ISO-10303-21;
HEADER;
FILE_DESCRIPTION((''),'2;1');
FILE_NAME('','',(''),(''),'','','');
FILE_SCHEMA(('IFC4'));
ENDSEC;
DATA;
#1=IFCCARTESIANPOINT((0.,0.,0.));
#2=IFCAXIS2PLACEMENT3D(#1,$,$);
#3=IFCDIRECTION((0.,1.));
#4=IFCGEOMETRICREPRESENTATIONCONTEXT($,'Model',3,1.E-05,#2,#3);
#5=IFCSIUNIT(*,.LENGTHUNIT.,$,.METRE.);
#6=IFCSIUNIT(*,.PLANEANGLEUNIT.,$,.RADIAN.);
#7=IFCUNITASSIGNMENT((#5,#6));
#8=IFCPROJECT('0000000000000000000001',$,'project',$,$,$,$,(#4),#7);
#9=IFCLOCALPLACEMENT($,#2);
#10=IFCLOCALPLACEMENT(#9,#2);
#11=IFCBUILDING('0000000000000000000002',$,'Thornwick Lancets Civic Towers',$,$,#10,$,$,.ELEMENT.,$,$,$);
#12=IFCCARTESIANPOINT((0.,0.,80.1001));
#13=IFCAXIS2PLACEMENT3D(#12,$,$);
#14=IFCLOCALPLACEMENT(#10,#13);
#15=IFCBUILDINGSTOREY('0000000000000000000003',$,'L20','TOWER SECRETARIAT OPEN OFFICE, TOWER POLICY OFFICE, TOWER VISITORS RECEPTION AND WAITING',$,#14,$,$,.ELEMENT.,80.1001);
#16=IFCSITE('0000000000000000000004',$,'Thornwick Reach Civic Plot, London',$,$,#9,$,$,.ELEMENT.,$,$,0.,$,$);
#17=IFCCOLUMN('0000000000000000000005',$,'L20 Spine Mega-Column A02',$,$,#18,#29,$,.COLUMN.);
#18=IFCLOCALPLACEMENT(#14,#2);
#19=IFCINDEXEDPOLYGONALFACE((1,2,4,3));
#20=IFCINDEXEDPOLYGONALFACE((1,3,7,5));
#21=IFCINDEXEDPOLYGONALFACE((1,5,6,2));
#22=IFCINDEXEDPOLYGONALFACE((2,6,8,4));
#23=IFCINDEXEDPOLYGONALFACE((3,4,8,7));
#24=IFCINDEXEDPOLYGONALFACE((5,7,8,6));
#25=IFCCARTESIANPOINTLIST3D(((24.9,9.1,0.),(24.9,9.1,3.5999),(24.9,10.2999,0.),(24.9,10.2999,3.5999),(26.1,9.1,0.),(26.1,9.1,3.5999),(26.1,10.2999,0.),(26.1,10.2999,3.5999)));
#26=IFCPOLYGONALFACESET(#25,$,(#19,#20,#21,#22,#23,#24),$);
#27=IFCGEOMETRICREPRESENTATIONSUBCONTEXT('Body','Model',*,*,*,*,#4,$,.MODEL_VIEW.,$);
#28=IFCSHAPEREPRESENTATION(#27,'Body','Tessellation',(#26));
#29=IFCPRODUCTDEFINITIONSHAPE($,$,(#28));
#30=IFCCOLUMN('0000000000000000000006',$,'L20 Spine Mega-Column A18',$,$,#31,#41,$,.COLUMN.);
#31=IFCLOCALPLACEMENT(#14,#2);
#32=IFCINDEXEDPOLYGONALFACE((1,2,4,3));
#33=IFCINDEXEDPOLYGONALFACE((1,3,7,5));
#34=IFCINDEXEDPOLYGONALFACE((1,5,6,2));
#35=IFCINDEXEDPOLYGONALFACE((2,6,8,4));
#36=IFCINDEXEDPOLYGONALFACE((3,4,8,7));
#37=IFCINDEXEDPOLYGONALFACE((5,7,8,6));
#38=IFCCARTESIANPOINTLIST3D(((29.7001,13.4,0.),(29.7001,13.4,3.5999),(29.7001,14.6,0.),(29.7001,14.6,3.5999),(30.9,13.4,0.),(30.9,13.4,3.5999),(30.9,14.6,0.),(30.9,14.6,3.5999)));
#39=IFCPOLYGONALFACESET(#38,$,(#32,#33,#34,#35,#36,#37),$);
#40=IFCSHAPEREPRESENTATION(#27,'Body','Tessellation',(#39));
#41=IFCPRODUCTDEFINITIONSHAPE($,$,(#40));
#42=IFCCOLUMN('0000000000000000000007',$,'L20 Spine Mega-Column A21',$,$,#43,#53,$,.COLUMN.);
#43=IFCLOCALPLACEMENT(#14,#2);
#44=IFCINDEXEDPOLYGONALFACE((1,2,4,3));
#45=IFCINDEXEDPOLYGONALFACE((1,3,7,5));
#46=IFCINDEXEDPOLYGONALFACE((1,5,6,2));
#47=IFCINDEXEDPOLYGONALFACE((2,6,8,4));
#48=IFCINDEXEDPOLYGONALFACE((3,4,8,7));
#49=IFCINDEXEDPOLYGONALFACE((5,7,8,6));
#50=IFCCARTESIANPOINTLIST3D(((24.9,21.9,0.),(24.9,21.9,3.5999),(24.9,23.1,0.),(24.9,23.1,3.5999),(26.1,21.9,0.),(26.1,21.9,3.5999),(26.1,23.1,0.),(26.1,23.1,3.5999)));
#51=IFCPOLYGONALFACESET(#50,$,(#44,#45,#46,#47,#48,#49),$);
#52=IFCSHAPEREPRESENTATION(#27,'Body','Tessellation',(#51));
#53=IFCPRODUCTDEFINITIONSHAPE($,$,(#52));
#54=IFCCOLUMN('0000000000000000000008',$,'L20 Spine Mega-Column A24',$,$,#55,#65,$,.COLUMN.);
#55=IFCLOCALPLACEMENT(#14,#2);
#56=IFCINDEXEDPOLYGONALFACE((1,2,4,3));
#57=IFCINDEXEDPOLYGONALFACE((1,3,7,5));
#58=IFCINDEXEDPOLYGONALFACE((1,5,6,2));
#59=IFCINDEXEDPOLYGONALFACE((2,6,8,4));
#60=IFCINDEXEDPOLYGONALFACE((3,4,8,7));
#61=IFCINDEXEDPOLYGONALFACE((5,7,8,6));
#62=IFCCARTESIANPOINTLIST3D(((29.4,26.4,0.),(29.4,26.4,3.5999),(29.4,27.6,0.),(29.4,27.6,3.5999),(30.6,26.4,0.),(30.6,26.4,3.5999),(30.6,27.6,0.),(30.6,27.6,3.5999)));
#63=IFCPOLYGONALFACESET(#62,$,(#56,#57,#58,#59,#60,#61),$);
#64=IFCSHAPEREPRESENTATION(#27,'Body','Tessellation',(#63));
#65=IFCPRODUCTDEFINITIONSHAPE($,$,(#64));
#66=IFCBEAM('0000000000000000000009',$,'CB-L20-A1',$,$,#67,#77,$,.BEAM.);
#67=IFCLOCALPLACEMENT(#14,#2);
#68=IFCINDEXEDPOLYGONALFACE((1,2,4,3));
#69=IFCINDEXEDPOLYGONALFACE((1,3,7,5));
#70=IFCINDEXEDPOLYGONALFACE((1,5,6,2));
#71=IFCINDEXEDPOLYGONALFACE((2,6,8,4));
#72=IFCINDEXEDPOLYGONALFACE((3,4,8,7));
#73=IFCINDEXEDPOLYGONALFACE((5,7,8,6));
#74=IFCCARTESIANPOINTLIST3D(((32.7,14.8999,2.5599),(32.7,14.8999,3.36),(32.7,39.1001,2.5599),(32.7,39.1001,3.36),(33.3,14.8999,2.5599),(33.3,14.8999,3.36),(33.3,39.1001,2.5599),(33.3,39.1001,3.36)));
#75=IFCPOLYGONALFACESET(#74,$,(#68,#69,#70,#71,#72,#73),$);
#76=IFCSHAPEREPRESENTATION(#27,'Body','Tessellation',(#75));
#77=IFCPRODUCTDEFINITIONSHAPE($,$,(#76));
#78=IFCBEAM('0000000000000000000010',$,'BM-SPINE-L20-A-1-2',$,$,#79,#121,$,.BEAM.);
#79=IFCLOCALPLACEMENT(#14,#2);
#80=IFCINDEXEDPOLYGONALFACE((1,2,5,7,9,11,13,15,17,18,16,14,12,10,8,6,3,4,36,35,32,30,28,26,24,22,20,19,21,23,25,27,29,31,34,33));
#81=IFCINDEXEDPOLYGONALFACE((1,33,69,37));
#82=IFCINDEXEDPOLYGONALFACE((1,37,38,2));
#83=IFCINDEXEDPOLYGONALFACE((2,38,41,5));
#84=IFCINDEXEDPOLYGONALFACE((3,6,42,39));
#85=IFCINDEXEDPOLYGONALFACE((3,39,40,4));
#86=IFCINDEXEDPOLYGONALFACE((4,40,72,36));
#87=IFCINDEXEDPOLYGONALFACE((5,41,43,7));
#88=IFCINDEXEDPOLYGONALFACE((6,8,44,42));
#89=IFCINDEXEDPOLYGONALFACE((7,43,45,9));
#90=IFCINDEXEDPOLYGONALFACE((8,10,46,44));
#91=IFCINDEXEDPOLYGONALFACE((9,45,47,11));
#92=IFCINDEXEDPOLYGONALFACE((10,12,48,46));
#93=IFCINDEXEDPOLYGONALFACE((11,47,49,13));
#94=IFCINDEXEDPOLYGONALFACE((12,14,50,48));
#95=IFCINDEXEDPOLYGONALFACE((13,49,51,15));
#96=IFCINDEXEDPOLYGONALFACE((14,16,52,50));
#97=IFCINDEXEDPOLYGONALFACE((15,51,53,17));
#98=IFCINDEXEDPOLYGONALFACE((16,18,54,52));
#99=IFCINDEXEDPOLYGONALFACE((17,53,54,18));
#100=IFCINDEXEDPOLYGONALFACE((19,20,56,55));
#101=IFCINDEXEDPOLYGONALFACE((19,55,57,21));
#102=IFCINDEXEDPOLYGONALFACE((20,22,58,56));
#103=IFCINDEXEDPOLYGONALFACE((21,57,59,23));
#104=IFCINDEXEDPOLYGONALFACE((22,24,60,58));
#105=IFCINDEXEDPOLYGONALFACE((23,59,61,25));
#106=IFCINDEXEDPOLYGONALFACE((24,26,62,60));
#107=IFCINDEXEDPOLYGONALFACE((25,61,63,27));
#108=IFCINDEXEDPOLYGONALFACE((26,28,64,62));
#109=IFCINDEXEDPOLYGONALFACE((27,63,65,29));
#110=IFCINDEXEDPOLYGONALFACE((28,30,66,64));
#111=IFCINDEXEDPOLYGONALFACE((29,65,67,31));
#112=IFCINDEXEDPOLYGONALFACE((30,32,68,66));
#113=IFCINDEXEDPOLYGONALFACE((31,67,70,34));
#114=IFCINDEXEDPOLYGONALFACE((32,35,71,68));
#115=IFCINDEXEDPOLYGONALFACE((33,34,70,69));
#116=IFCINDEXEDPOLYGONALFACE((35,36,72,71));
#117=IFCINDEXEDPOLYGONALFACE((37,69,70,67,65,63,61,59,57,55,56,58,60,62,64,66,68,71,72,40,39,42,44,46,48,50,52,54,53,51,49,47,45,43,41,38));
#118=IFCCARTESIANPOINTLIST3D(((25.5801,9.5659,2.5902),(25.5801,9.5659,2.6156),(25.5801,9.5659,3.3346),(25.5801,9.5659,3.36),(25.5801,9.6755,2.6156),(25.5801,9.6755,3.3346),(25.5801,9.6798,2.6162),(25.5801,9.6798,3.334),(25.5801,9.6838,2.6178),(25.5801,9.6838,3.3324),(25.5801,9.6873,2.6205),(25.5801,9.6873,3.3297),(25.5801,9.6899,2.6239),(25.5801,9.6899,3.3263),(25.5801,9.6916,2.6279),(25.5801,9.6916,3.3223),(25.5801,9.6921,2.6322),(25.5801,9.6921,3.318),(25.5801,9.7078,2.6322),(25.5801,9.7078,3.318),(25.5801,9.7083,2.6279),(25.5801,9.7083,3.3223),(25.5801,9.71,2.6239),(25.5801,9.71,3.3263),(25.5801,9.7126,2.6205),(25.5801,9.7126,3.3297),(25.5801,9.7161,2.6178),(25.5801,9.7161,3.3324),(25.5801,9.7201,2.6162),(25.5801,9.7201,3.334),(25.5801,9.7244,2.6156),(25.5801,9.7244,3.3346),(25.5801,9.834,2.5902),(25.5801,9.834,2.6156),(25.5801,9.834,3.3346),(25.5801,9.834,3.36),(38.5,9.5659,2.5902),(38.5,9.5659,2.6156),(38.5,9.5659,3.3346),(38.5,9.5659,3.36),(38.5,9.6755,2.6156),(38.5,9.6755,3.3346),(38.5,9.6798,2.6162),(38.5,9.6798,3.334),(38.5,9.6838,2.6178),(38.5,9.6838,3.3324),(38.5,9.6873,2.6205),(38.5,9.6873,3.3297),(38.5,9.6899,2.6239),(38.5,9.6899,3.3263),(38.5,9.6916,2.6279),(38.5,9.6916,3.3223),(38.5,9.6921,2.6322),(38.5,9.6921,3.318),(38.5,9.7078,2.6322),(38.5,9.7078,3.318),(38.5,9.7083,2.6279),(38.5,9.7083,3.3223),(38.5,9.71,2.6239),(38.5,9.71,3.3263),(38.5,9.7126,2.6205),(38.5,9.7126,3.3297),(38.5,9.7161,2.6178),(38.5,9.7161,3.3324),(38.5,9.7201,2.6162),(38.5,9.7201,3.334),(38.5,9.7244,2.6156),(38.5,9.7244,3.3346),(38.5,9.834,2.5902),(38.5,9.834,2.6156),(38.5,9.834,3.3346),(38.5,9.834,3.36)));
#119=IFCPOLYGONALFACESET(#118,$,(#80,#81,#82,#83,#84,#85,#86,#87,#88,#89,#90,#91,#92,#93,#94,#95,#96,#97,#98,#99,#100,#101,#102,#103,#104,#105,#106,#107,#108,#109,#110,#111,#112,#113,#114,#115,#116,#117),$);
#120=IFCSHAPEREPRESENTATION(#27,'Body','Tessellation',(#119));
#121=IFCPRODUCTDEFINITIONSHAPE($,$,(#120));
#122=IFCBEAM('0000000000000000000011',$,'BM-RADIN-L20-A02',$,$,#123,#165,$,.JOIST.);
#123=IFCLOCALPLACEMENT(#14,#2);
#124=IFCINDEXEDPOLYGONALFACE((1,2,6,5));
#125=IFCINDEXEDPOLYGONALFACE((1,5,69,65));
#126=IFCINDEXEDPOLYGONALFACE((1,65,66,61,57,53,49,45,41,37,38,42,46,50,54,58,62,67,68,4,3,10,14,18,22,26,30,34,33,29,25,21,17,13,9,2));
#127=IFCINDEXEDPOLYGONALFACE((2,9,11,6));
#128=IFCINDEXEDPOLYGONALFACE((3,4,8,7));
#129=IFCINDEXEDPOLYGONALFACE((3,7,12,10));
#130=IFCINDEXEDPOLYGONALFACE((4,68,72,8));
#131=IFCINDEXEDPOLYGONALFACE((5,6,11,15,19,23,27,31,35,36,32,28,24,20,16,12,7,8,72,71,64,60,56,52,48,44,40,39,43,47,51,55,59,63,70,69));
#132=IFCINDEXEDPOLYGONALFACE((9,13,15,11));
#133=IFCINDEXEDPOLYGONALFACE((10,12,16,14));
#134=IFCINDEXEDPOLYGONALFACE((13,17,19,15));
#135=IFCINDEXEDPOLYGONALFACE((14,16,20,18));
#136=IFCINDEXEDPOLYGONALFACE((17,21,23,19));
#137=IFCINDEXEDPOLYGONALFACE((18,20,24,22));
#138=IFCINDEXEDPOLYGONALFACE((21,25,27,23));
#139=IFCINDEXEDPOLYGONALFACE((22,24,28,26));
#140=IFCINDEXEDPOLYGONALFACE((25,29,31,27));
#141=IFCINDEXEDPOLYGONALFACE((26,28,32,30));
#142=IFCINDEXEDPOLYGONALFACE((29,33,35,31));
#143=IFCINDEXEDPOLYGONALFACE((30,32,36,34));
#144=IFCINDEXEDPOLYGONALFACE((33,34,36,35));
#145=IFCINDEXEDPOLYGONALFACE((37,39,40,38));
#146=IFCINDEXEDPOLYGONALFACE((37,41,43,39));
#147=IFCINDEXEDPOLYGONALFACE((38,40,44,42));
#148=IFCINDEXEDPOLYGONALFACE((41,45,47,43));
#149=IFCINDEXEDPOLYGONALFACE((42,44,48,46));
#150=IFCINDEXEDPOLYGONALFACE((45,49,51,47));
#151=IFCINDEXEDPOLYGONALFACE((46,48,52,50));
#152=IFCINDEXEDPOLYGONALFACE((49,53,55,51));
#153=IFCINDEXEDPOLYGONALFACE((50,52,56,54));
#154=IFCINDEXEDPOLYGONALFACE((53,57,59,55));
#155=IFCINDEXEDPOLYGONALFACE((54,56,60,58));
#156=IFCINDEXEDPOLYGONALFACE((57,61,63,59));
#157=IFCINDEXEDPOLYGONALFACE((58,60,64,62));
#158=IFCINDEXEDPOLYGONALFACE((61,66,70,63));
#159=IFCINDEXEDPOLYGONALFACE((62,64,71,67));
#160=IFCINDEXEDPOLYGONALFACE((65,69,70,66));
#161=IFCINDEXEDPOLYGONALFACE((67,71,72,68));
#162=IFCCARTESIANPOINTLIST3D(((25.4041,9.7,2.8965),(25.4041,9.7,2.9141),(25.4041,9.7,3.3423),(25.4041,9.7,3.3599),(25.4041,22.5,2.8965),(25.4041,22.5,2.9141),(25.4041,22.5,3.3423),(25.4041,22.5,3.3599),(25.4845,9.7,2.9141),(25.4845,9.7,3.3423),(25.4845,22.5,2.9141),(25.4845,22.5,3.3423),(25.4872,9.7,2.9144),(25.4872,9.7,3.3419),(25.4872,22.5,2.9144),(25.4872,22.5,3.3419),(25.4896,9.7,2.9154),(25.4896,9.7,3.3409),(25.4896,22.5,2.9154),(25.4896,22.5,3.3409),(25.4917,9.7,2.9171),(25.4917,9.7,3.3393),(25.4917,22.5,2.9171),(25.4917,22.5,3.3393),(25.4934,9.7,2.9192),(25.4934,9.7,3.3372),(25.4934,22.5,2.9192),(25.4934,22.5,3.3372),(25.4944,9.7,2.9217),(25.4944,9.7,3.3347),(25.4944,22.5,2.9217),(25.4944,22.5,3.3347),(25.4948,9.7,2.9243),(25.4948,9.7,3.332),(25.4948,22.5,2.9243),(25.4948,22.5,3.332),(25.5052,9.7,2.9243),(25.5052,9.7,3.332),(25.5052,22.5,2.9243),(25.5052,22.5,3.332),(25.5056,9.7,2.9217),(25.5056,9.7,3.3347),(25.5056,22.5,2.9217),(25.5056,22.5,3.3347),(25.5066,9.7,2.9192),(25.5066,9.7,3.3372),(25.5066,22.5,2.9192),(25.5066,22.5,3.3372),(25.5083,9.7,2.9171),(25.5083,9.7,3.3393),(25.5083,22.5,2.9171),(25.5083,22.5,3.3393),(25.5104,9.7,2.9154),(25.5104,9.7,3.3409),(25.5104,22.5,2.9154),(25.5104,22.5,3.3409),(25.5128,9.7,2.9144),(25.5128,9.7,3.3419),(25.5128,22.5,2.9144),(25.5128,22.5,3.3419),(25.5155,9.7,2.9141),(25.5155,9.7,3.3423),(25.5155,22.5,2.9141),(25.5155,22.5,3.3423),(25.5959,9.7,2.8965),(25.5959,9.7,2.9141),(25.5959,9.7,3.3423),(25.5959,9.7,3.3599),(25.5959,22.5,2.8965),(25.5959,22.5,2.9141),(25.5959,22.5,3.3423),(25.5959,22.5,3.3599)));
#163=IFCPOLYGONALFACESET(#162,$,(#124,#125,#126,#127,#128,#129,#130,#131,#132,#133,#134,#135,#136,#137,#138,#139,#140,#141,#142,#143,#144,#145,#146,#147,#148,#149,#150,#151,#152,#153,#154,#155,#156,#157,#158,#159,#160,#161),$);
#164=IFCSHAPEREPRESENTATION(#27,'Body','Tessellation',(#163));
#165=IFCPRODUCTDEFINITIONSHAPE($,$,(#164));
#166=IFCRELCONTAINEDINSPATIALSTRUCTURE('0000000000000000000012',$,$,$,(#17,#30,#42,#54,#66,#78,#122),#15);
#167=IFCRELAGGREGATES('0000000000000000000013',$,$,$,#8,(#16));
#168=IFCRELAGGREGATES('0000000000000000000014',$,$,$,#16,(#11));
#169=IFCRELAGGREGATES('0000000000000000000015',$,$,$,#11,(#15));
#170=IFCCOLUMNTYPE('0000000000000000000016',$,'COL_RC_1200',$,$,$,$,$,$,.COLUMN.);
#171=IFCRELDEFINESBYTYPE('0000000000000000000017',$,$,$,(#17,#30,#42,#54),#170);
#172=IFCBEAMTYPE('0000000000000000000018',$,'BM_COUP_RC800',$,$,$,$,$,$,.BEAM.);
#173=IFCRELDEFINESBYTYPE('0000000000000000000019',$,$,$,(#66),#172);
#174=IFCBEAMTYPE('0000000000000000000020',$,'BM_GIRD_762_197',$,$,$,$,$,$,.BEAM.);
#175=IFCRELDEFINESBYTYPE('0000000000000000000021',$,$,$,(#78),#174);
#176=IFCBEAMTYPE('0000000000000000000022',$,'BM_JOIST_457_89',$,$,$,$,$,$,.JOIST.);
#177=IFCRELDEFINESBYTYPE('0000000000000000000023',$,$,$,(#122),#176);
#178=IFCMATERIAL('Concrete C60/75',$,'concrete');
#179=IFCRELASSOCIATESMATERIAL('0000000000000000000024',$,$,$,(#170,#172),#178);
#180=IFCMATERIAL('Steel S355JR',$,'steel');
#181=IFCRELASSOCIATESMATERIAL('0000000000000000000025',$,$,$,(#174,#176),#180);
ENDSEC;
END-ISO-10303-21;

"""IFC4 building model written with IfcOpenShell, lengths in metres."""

from ifc_helpers import new_model, si_unit, direction, frame, origin, origin_2d, place, context, subcontext, project, spatial, rectangle, i_section, extrude, material, material_profile, profile_set, type_object, element, save


model = new_model("IFC4")

# Units and contexts
model_context = context("Model", 3, precision=1e-05, world=origin(), true_north=direction((0.0, 1.0)))
body_context = subcontext(model_context, "Body", "Model", "MODEL_VIEW")
ifc_project = project(units=[si_unit("LENGTHUNIT", "METRE"), si_unit("PLANEANGLEUNIT", "RADIAN")], contexts=[model_context])

# Site, building, storey
site_placement = place(None, origin())
site = spatial("IfcSite", under=ifc_project, at=site_placement, Name="Thornwick Reach Civic Plot, London", CompositionType="ELEMENT", RefElevation=0.0)
building_placement = place(site_placement, origin())
building = spatial("IfcBuilding", under=site, at=building_placement, Name="Thornwick Lancets Civic Towers", CompositionType="ELEMENT")
storey_placement = place(building_placement, frame((0.0, 0.0, 80.1001)))
storey = spatial("IfcBuildingStorey", under=building, at=storey_placement, Name="L20", Description="TOWER SECRETARIAT OPEN OFFICE, TOWER POLICY OFFICE, TOWER VISITORS RECEPTION AND WAITING", CompositionType="ELEMENT", Elevation=80.1001)

# Columns
ifc_material_1 = material(Name="Concrete C60/75", Category="concrete")
ifc_material_profile_1 = material_profile(ifc_material_1, rectangle(XDim=1.2, YDim=1.2, at=origin_2d()), Name="RC 1200x1200")
ifc_profile_set_1 = profile_set([ifc_material_profile_1], Name="Concrete C60/75")
column_type = type_object("IfcColumnType", Name="COL_RC_1200", PredefinedType="COLUMN", material=ifc_profile_set_1)
for number, where, z_axis, x_axis, name in (
    (1, (25.5, 9.7, 0.0), (0.0, 0.0, 1.0), (1.0, 0.0, 0.0), "L20 Spine Mega-Column A02"),
    (2, (30.3, 14.0, 0.0), (0.0, 0.0, 1.0), (1.0, 0.0, 0.0), "L20 Spine Mega-Column A18"),
    (3, (25.5, 22.5, 0.0), (0.0, 0.0, 1.0), (1.0, 0.0, 0.0), "L20 Spine Mega-Column A21"),
    (4, (30.0, 27.0, 0.0), (0.0, 0.0, 1.0), (1.0, 0.0, 0.0), "L20 Spine Mega-Column A24"),
):
    element("IfcColumn", number, at=place(storey_placement, frame(where, z_axis=z_axis, x_axis=x_axis)), inside=storey, type_object=column_type, Name=name, PredefinedType="COLUMN", context=body_context, shape_type="SweptSolid", body=[
        extrude(rectangle(XDim=1.2, YDim=1.2, at=origin_2d()), origin(), (0.0, 0.0, 1.0), 3.5999),
    ])

# Beams
ifc_material_profile_2 = material_profile(ifc_material_1, rectangle(XDim=0.6001, YDim=0.8, at=origin_2d()), Name="RC 600x800")
ifc_profile_set_2 = profile_set([ifc_material_profile_2], Name="Concrete C60/75")
beam_type_1 = type_object("IfcBeamType", Name="BM_COUP_RC800", PredefinedType="BEAM", material=ifc_profile_set_2)
beam_1_placement = place(storey_placement, frame((33.0, 14.8999, 2.96), z_axis=(0.0, 1.0, 0.0), x_axis=(-1.0, 0.0, 0.0)))
element("IfcBeam", 5, at=beam_1_placement, inside=storey, type_object=beam_type_1, Name="CB-L20-A1", PredefinedType="BEAM", context=body_context, shape_type="SweptSolid", body=[
    extrude(rectangle(XDim=0.6001, YDim=0.8, at=origin_2d()), origin(), (0.0, 0.0, 1.0), 24.2002),
])
ifc_material_2 = material(Name="Steel S355JR", Category="steel")
ifc_material_profile_3 = material_profile(ifc_material_2, i_section(OverallWidth=0.2681, OverallDepth=0.7698, WebThickness=0.0156, FlangeThickness=0.0254, FilletRadius=0.0166, at=origin_2d()), Name="UKB 762x267x197")
ifc_profile_set_3 = profile_set([ifc_material_profile_3], Name="Steel S355JR")
beam_type_2 = type_object("IfcBeamType", Name="BM_GIRD_762_197", PredefinedType="BEAM", material=ifc_profile_set_3)
beam_2_placement = place(storey_placement, frame((25.5801, 9.7, 2.9751), z_axis=(1.0, 0.0, 0.0), x_axis=(0.0, 1.0, 0.0)))
element("IfcBeam", 6, at=beam_2_placement, inside=storey, type_object=beam_type_2, Name="BM-SPINE-L20-A-1-2", PredefinedType="BEAM", context=body_context, shape_type="SweptSolid", body=[
    extrude(i_section(OverallWidth=0.2681, OverallDepth=0.7698, WebThickness=0.0156, FlangeThickness=0.0254, FilletRadius=0.0166, at=origin_2d()), origin(), (0.0, 0.0, 1.0), 12.9199),
])
ifc_material_profile_4 = material_profile(ifc_material_2, i_section(OverallWidth=0.1919, OverallDepth=0.4634, WebThickness=0.0105, FlangeThickness=0.0176, FilletRadius=0.0103, at=origin_2d()), Name="UKB 457x191x89")
ifc_profile_set_4 = profile_set([ifc_material_profile_4], Name="Steel S355JR")
beam_type_3 = type_object("IfcBeamType", Name="BM_JOIST_457_89", PredefinedType="JOIST", material=ifc_profile_set_4)
beam_3_placement = place(storey_placement, frame((25.5, 22.5, 3.1282), z_axis=(0.0, -1.0, 0.0), x_axis=(1.0, 0.0, 0.0)))
element("IfcBeam", 7, at=beam_3_placement, inside=storey, type_object=beam_type_3, Name="BM-RADIN-L20-A02", PredefinedType="JOIST", context=body_context, shape_type="SweptSolid", body=[
    extrude(i_section(OverallWidth=0.1919, OverallDepth=0.4634, WebThickness=0.0105, FlangeThickness=0.0176, FilletRadius=0.0103, at=origin_2d()), origin(), (0.0, 0.0, 1.0), 12.8),
])

save(model, "model.ifc")
